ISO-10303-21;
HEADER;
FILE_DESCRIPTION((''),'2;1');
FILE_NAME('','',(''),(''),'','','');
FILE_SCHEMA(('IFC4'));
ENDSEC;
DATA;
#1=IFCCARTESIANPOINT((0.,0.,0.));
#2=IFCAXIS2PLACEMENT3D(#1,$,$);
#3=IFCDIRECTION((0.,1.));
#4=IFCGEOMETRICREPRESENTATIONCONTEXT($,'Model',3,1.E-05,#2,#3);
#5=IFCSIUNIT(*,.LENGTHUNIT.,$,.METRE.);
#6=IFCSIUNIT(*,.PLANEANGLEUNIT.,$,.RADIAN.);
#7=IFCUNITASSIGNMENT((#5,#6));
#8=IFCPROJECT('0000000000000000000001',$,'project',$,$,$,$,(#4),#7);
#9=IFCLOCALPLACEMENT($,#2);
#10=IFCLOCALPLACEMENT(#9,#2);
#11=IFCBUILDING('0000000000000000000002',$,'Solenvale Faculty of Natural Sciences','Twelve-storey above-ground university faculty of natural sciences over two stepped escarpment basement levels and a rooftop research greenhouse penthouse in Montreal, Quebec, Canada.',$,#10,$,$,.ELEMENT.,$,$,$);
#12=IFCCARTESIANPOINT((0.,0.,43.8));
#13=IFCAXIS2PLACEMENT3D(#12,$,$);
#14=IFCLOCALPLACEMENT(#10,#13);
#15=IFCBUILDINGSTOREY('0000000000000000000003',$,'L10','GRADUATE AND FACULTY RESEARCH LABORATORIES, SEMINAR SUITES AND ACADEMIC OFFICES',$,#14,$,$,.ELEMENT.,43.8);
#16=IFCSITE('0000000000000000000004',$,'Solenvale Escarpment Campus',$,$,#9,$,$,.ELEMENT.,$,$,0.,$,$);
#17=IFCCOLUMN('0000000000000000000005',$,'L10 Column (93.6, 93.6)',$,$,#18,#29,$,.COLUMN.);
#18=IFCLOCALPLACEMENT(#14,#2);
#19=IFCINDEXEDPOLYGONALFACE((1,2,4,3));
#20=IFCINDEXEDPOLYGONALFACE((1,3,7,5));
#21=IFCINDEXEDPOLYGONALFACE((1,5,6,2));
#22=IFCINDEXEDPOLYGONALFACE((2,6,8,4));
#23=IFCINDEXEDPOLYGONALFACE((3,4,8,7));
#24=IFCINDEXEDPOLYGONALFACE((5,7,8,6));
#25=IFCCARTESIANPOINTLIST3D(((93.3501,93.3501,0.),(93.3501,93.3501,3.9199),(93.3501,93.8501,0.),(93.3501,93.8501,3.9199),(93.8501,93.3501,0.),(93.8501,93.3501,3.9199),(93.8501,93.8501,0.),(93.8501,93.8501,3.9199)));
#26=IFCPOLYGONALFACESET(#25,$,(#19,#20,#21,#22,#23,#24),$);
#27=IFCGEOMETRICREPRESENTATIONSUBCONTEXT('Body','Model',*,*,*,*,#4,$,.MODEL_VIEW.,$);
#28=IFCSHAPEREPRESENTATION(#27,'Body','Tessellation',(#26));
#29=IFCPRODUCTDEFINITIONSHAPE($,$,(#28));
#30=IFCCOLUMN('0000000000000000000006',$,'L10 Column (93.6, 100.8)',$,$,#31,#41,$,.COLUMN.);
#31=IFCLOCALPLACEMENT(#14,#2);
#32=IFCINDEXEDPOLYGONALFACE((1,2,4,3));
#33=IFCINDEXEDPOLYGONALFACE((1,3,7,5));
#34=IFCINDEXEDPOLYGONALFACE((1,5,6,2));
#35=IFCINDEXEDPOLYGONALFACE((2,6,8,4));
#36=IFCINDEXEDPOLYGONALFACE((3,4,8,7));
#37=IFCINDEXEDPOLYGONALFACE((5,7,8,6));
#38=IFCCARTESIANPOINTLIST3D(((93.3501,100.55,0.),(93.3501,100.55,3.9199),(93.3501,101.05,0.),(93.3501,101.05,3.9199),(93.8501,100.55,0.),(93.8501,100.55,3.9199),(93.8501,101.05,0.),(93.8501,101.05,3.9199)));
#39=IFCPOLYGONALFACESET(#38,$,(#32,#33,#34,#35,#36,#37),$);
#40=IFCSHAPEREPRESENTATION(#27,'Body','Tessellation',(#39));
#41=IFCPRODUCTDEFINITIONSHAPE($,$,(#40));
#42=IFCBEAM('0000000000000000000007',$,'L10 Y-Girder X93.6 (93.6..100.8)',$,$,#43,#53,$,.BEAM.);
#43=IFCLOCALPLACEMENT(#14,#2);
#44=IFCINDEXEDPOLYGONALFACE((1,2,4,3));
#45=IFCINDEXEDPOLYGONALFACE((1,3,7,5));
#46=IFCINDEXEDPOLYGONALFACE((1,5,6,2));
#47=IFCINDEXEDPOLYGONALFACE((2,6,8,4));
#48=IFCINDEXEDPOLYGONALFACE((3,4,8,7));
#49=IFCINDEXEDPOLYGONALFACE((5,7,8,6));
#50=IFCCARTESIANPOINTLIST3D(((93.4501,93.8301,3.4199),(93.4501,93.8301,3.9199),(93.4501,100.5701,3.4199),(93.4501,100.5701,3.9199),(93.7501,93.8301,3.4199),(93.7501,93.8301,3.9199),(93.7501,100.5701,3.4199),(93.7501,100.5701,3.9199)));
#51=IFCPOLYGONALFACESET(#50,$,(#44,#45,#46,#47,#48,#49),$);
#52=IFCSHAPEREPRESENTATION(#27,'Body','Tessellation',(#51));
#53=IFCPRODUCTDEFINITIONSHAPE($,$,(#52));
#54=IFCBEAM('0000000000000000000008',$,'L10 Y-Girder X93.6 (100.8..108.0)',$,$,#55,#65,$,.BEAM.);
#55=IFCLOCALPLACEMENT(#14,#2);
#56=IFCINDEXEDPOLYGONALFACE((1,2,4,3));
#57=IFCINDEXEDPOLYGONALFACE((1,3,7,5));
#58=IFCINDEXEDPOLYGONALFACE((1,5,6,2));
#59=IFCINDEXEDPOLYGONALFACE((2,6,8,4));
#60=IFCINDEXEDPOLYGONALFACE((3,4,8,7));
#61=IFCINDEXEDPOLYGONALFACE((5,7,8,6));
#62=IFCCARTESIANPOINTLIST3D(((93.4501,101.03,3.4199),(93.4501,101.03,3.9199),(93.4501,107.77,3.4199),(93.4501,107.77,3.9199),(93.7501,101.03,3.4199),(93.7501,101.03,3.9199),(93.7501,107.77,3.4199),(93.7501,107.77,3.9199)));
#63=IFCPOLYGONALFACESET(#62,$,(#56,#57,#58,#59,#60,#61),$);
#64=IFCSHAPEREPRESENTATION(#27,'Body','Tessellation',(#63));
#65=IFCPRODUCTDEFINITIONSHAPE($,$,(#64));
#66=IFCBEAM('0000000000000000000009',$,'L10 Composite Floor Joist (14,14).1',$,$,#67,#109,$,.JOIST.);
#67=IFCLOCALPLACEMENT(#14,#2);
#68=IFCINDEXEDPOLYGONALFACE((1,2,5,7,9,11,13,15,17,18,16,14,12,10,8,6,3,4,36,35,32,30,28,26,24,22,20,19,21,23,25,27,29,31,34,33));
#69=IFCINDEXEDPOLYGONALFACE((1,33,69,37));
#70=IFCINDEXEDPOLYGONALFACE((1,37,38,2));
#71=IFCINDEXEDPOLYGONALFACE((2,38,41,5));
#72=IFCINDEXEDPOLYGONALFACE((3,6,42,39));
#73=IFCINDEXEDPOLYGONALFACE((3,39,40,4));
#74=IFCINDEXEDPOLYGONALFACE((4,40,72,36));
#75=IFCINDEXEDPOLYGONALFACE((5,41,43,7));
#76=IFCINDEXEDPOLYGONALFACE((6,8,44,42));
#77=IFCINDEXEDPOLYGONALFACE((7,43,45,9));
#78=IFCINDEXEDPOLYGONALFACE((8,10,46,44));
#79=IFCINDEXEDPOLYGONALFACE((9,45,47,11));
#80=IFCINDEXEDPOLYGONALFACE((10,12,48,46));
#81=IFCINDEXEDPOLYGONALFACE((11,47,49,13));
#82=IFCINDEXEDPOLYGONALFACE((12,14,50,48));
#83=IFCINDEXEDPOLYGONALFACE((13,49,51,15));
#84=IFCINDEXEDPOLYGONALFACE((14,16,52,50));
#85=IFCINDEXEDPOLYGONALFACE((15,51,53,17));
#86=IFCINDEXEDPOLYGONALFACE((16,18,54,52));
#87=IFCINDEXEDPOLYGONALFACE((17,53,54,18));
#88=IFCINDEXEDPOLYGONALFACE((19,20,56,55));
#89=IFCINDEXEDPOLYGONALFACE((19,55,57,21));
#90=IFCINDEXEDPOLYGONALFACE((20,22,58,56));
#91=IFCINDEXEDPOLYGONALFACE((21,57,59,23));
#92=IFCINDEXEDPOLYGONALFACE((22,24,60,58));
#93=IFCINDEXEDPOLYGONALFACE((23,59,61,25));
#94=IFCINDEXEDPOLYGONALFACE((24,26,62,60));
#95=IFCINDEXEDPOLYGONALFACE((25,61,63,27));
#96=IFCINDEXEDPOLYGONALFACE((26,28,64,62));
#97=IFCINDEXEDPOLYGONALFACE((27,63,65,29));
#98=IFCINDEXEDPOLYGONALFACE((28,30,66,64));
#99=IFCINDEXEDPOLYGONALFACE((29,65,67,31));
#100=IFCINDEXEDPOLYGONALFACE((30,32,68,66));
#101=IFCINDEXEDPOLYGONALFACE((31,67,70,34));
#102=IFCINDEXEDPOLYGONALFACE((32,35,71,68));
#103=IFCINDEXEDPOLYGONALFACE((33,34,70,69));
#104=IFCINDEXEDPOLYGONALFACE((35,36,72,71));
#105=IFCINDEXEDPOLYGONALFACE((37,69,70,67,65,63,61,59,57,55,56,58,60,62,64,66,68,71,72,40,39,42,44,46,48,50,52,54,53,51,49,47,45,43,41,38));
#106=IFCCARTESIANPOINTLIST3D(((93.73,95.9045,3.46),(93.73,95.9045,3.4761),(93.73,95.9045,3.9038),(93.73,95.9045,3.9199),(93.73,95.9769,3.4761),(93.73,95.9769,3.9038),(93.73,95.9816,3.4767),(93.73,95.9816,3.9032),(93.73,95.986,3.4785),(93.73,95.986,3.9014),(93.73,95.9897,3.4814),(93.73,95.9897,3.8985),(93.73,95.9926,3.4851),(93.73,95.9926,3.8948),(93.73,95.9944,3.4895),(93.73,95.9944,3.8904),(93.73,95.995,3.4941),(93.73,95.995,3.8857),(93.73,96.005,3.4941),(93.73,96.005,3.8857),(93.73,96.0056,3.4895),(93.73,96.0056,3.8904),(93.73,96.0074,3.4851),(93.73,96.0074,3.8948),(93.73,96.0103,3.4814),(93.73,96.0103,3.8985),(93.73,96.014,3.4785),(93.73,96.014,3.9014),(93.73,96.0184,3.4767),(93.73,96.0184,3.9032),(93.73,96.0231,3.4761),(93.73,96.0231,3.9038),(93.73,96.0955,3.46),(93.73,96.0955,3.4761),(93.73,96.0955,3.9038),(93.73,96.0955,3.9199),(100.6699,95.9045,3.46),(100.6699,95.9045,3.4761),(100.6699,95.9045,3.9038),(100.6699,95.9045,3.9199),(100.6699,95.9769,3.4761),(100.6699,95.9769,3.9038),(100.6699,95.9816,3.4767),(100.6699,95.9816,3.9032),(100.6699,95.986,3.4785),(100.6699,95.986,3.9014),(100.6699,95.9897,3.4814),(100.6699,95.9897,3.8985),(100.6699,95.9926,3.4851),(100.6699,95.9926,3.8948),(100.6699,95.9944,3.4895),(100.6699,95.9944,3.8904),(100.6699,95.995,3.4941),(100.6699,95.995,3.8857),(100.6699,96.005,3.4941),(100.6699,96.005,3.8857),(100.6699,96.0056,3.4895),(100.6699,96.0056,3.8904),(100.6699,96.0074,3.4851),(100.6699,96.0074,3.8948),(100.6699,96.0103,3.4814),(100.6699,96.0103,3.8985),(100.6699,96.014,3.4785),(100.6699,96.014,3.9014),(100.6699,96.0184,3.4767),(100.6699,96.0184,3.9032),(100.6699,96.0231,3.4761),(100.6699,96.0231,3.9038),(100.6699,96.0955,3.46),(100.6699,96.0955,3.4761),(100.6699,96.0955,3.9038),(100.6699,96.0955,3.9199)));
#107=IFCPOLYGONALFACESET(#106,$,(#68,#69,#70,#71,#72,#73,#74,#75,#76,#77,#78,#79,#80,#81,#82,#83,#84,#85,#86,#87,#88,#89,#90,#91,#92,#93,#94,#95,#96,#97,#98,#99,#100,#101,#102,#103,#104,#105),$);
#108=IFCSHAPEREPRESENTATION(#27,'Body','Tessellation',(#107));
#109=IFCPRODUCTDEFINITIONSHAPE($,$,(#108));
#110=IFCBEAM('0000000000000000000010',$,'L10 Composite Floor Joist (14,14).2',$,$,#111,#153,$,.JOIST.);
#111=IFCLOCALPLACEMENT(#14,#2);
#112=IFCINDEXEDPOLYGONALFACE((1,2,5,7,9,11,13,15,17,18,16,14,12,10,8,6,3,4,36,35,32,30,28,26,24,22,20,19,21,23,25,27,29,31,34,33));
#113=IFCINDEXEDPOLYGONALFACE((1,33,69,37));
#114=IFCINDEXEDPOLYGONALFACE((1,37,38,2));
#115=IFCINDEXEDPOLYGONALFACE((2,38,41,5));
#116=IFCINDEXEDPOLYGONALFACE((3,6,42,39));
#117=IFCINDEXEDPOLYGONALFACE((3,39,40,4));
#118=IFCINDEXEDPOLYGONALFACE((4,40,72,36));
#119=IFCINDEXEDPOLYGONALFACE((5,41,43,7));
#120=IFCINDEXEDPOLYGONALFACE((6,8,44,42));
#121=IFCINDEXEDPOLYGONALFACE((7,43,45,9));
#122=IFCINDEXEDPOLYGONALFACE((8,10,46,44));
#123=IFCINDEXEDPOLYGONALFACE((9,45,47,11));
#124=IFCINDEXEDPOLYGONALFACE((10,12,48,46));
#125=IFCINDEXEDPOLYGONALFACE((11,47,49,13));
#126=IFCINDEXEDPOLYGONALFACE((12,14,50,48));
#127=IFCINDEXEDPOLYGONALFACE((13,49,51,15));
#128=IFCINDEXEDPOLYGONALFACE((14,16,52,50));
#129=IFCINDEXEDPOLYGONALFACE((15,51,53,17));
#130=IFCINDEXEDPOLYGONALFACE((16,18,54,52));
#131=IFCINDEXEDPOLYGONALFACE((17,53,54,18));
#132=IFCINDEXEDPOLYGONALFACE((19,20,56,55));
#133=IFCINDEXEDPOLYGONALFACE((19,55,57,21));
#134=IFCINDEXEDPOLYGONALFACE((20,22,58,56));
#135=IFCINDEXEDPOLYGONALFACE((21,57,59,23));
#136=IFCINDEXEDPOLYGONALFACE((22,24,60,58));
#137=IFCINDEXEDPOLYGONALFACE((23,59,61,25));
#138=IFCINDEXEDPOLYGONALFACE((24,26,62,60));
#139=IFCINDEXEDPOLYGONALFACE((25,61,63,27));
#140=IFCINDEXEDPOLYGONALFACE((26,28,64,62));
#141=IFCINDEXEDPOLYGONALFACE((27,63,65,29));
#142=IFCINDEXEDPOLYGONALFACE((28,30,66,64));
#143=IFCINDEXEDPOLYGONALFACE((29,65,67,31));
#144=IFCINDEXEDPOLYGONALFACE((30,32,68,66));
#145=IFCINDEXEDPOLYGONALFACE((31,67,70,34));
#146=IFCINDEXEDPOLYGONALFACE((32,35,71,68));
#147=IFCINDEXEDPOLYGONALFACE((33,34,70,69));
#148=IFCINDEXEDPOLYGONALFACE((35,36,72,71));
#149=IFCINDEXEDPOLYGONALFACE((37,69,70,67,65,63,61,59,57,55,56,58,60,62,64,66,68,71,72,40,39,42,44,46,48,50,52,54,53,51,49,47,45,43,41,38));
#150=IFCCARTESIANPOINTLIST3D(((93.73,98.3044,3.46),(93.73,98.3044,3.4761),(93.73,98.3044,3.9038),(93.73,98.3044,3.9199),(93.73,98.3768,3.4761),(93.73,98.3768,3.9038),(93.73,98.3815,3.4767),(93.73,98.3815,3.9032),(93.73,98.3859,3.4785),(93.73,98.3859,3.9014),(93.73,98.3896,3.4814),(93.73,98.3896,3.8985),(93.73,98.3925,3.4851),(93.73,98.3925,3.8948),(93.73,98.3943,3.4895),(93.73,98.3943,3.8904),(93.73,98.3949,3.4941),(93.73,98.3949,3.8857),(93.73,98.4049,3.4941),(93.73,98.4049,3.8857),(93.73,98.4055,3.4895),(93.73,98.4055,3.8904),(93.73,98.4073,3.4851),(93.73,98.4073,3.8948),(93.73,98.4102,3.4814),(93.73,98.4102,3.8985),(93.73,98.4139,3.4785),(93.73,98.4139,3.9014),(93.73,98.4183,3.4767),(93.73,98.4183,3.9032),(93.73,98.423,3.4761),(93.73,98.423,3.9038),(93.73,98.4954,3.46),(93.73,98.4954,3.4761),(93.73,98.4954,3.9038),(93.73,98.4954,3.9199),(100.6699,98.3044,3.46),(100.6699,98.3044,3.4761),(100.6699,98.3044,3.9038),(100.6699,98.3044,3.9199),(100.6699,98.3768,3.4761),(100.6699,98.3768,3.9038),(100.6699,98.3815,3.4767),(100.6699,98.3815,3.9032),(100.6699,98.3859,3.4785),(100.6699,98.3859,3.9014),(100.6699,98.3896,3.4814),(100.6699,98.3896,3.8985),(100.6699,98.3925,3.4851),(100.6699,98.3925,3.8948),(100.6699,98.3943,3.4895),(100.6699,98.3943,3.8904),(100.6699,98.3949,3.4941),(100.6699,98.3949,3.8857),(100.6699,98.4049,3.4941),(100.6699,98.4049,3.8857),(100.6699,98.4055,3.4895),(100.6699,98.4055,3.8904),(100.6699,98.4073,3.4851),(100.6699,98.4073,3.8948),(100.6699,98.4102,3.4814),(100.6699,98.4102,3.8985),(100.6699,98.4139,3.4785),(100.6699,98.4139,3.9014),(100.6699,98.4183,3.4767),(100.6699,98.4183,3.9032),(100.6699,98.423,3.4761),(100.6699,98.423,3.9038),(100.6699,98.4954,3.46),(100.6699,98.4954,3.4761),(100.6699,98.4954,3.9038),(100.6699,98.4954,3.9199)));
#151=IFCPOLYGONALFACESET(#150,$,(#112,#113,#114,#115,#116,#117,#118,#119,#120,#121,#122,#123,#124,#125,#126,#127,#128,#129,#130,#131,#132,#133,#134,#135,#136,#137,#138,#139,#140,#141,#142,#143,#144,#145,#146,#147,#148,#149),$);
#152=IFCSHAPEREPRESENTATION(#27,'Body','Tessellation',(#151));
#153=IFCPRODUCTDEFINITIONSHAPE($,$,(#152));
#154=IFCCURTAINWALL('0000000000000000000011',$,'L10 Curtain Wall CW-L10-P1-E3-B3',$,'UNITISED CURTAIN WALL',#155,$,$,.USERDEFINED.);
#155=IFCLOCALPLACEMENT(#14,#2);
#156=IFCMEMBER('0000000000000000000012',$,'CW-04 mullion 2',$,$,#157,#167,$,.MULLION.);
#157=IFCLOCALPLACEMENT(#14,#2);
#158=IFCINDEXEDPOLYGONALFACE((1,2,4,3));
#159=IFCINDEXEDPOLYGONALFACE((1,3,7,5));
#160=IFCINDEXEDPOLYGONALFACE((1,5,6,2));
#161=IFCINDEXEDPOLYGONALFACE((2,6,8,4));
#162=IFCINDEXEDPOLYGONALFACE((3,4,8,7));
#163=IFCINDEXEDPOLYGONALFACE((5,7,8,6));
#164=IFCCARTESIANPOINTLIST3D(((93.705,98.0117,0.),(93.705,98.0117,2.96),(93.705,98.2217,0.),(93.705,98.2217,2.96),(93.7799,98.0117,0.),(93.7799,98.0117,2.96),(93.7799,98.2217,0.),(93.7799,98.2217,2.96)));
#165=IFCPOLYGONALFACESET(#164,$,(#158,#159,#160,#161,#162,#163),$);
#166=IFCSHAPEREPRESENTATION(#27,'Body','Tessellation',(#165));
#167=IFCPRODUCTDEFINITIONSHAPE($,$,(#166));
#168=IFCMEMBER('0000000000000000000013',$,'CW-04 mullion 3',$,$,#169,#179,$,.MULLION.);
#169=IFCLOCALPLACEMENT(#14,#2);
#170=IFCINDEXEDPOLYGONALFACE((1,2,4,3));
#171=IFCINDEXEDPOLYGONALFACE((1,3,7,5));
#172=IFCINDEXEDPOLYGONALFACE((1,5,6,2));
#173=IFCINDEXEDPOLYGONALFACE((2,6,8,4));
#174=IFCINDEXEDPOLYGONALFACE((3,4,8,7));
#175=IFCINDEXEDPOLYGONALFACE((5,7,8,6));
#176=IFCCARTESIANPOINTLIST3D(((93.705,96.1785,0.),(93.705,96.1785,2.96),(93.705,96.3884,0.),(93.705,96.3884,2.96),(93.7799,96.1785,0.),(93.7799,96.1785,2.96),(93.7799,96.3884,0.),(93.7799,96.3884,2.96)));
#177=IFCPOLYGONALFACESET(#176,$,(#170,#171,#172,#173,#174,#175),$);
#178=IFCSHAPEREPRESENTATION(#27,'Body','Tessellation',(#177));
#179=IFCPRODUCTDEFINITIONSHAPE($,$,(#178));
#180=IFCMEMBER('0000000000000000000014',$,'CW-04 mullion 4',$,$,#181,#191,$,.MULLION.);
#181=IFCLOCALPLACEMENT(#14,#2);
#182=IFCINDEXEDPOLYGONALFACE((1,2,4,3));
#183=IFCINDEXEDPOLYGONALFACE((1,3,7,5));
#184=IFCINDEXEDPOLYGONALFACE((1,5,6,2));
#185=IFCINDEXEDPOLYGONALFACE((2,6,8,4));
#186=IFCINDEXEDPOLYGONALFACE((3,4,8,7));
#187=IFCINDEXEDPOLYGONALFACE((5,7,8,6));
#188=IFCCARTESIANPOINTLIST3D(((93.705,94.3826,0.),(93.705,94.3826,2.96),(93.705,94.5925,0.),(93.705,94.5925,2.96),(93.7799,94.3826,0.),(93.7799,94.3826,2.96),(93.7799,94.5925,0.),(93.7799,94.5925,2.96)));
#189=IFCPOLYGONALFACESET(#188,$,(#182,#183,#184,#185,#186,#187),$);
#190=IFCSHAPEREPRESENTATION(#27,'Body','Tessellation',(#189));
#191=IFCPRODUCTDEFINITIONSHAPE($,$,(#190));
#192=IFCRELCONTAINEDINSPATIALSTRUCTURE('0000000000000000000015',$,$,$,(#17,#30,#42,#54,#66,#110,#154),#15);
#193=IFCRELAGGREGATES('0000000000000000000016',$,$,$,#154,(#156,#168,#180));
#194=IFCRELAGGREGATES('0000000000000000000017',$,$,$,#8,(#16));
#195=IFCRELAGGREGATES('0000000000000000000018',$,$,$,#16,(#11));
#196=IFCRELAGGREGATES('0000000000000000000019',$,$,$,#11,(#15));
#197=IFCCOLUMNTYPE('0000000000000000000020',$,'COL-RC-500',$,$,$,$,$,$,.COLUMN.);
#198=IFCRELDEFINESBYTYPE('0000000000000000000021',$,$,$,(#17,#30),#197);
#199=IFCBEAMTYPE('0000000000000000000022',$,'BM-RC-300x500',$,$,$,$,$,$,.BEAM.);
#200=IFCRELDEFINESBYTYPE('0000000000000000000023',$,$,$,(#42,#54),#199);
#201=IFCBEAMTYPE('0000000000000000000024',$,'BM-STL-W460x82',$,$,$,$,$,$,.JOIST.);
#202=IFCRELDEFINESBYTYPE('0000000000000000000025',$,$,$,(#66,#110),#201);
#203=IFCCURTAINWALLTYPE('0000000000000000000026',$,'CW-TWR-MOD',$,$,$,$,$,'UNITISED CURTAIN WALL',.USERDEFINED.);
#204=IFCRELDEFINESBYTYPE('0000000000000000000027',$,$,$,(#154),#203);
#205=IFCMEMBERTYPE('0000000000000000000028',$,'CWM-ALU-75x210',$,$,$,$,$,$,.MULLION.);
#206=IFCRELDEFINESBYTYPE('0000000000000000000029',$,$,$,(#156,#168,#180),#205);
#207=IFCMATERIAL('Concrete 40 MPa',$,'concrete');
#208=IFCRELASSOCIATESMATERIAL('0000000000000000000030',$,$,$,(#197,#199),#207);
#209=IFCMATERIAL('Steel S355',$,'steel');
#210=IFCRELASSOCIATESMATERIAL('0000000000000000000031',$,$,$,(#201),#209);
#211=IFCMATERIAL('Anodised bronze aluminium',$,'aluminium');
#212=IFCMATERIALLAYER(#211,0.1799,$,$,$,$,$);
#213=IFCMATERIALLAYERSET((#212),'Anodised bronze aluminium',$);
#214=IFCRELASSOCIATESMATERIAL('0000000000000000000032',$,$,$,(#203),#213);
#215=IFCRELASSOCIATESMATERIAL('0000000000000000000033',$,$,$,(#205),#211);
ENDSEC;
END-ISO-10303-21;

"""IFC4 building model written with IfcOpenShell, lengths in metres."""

from ifc_helpers import new_model, si_unit, direction, frame, origin, origin_2d, place, context, subcontext, project, spatial, rectangle, i_section, extrude, material, layer, layer_set, material_profile, profile_set, type_object, element, aggregate, save


model = new_model("IFC4")

# Units and contexts
model_context = context("Model", 3, precision=1e-05, world=origin(), true_north=direction((0.0, 1.0)))
body_context = subcontext(model_context, "Body", "Model", "MODEL_VIEW")
ifc_project = project(units=[si_unit("LENGTHUNIT", "METRE"), si_unit("PLANEANGLEUNIT", "RADIAN")], contexts=[model_context])

# Site, building, storey
site_placement = place(None, origin())
site = spatial("IfcSite", under=ifc_project, at=site_placement, Name="Solenvale Escarpment Campus", CompositionType="ELEMENT", RefElevation=0.0)
building_placement = place(site_placement, origin())
building = spatial("IfcBuilding", under=site, at=building_placement, Name="Solenvale Faculty of Natural Sciences", Description="Twelve-storey above-ground university faculty of natural sciences over two stepped escarpment basement levels and a rooftop research greenhouse penthouse in Montreal, Quebec, Canada.", CompositionType="ELEMENT")
storey_placement = place(building_placement, frame((0.0, 0.0, 43.8)))
storey = spatial("IfcBuildingStorey", under=building, at=storey_placement, Name="L10", Description="GRADUATE AND FACULTY RESEARCH LABORATORIES, SEMINAR SUITES AND ACADEMIC OFFICES", CompositionType="ELEMENT", Elevation=43.8)

# Columns
ifc_material_1 = material(Name="Concrete 40 MPa", Category="concrete")
ifc_material_profile_1 = material_profile(ifc_material_1, rectangle(XDim=0.5, YDim=0.5, at=origin_2d()), Name="RC-COL-500x500")
ifc_profile_set_1 = profile_set([ifc_material_profile_1], Name="Concrete 40 MPa")
column_type = type_object("IfcColumnType", Name="COL-RC-500", PredefinedType="COLUMN", material=ifc_profile_set_1)
for number, where, z_axis, x_axis, name in (
    (1, (93.6001, 93.6001, 0.0), (0.0, 0.0, 1.0), (1.0, 0.0, 0.0), "L10 Column (93.6, 93.6)"),
    (2, (93.6001, 100.8, 0.0), (0.0, 0.0, 1.0), (1.0, 0.0, 0.0), "L10 Column (93.6, 100.8)"),
):
    element("IfcColumn", number, at=place(storey_placement, frame(where, z_axis=z_axis, x_axis=x_axis)), inside=storey, type_object=column_type, Name=name, PredefinedType="COLUMN", context=body_context, shape_type="SweptSolid", body=[
        extrude(rectangle(XDim=0.5, YDim=0.5, at=origin_2d()), origin(), (0.0, 0.0, 1.0), 3.9199),
    ])

# Beams
ifc_material_profile_2 = material_profile(ifc_material_1, rectangle(XDim=0.3, YDim=0.5, at=origin_2d()), Name="RC-BM-300x500")
ifc_profile_set_2 = profile_set([ifc_material_profile_2], Name="Concrete 40 MPa")
beam_type_1 = type_object("IfcBeamType", Name="BM-RC-300x500", PredefinedType="BEAM", material=ifc_profile_set_2)
for number, where, z_axis, x_axis, name in (
    (3, (93.6001, 93.8301, 3.6699), (0.0, 1.0, 0.0), (-1.0, 0.0, 0.0), "L10 Y-Girder X93.6 (93.6..100.8)"),
    (4, (93.6001, 101.03, 3.6699), (0.0, 1.0, 0.0), (-1.0, 0.0, 0.0), "L10 Y-Girder X93.6 (100.8..108.0)"),
):
    element("IfcBeam", number, at=place(storey_placement, frame(where, z_axis=z_axis, x_axis=x_axis)), inside=storey, type_object=beam_type_1, Name=name, PredefinedType="BEAM", context=body_context, shape_type="SweptSolid", body=[
        extrude(rectangle(XDim=0.3, YDim=0.5, at=origin_2d()), origin(), (0.0, 0.0, 1.0), 6.74),
    ])
ifc_material_2 = material(Name="Steel S355", Category="steel")
ifc_material_profile_3 = material_profile(ifc_material_2, i_section(OverallWidth=0.1909, OverallDepth=0.46, WebThickness=0.01, FlangeThickness=0.0161, FilletRadius=0.0181, at=origin_2d()), Name="W460x82")
ifc_profile_set_3 = profile_set([ifc_material_profile_3], Name="Steel S355")
beam_type_2 = type_object("IfcBeamType", Name="BM-STL-W460x82", PredefinedType="JOIST", material=ifc_profile_set_3)
for number, where, z_axis, x_axis, name in (
    (5, (93.73, 96.0, 3.6899), (1.0, 0.0, 0.0), (0.0, 1.0, 0.0), "L10 Composite Floor Joist (14,14).1"),
    (6, (93.73, 98.3999, 3.6899), (1.0, 0.0, 0.0), (0.0, 1.0, 0.0), "L10 Composite Floor Joist (14,14).2"),
):
    element("IfcBeam", number, at=place(storey_placement, frame(where, z_axis=z_axis, x_axis=x_axis)), inside=storey, type_object=beam_type_2, Name=name, PredefinedType="JOIST", context=body_context, shape_type="SweptSolid", body=[
        extrude(i_section(OverallWidth=0.1909, OverallDepth=0.46, WebThickness=0.01, FlangeThickness=0.0161, FilletRadius=0.0181, at=origin_2d()), origin(), (0.0, 0.0, 1.0), 6.9399),
    ])

# Curtain wall, members
ifc_material_3 = material(Name="Anodised bronze aluminium", Category="aluminium")
ifc_layer_1 = layer(ifc_material_3, 0.1799)
ifc_layer_set_1 = layer_set([ifc_layer_1], Name="Anodised bronze aluminium")
curtain_wall_type = type_object("IfcCurtainWallType", Name="CW-TWR-MOD", ElementType="UNITISED CURTAIN WALL", PredefinedType="USERDEFINED", material=ifc_layer_set_1)
curtain_wall_placement = place(storey_placement, origin())
curtain_wall = element("IfcCurtainWall", 7, at=curtain_wall_placement, inside=storey, type_object=curtain_wall_type, Name="L10 Curtain Wall CW-L10-P1-E3-B3", ObjectType="UNITISED CURTAIN WALL", PredefinedType="USERDEFINED")
ifc_material_profile_4 = material_profile(ifc_material_3, rectangle(XDim=0.075, YDim=0.21, at=origin_2d()), Name="ALU-MUL-75x210")
ifc_profile_set_4 = profile_set([ifc_material_profile_4], Name="Anodised bronze aluminium")
member_type_1 = type_object("IfcMemberType", Name="CWM-ALU-75x210", PredefinedType="MULLION", material=ifc_profile_set_4)
member_1_placement = place(storey_placement, frame((93.7424, 98.1167, 0.0), z_axis=(0.0, 0.0, 1.0), x_axis=(1.0, 0.0, 0.0)))
member_1 = element("IfcMember", 8, at=member_1_placement, type_object=member_type_1, Name="CW-04 mullion 2", PredefinedType="MULLION", context=body_context, shape_type="SweptSolid", body=[
    extrude(rectangle(XDim=0.075, YDim=0.21, at=origin_2d()), origin(), (0.0, 0.0, 1.0), 2.96),
])
member_2_placement = place(storey_placement, frame((93.7424, 96.2834, 0.0), z_axis=(0.0, 0.0, 1.0), x_axis=(1.0, 0.0, 0.0)))
member_2 = element("IfcMember", 9, at=member_2_placement, type_object=member_type_1, Name="CW-04 mullion 3", PredefinedType="MULLION", context=body_context, shape_type="SweptSolid", body=[
    extrude(rectangle(XDim=0.075, YDim=0.21, at=origin_2d()), origin(), (0.0, 0.0, 1.0), 2.96),
])
member_3_placement = place(storey_placement, frame((93.7424, 94.4875, 0.0), z_axis=(0.0, 0.0, 1.0), x_axis=(1.0, 0.0, 0.0)))
member_3 = element("IfcMember", 10, at=member_3_placement, type_object=member_type_1, Name="CW-04 mullion 4", PredefinedType="MULLION", context=body_context, shape_type="SweptSolid", body=[
    extrude(rectangle(XDim=0.075, YDim=0.21, at=origin_2d()), origin(), (0.0, 0.0, 1.0), 2.96),
])
aggregate(curtain_wall, [member_1, member_2, member_3])

save(model, "model.ifc")
